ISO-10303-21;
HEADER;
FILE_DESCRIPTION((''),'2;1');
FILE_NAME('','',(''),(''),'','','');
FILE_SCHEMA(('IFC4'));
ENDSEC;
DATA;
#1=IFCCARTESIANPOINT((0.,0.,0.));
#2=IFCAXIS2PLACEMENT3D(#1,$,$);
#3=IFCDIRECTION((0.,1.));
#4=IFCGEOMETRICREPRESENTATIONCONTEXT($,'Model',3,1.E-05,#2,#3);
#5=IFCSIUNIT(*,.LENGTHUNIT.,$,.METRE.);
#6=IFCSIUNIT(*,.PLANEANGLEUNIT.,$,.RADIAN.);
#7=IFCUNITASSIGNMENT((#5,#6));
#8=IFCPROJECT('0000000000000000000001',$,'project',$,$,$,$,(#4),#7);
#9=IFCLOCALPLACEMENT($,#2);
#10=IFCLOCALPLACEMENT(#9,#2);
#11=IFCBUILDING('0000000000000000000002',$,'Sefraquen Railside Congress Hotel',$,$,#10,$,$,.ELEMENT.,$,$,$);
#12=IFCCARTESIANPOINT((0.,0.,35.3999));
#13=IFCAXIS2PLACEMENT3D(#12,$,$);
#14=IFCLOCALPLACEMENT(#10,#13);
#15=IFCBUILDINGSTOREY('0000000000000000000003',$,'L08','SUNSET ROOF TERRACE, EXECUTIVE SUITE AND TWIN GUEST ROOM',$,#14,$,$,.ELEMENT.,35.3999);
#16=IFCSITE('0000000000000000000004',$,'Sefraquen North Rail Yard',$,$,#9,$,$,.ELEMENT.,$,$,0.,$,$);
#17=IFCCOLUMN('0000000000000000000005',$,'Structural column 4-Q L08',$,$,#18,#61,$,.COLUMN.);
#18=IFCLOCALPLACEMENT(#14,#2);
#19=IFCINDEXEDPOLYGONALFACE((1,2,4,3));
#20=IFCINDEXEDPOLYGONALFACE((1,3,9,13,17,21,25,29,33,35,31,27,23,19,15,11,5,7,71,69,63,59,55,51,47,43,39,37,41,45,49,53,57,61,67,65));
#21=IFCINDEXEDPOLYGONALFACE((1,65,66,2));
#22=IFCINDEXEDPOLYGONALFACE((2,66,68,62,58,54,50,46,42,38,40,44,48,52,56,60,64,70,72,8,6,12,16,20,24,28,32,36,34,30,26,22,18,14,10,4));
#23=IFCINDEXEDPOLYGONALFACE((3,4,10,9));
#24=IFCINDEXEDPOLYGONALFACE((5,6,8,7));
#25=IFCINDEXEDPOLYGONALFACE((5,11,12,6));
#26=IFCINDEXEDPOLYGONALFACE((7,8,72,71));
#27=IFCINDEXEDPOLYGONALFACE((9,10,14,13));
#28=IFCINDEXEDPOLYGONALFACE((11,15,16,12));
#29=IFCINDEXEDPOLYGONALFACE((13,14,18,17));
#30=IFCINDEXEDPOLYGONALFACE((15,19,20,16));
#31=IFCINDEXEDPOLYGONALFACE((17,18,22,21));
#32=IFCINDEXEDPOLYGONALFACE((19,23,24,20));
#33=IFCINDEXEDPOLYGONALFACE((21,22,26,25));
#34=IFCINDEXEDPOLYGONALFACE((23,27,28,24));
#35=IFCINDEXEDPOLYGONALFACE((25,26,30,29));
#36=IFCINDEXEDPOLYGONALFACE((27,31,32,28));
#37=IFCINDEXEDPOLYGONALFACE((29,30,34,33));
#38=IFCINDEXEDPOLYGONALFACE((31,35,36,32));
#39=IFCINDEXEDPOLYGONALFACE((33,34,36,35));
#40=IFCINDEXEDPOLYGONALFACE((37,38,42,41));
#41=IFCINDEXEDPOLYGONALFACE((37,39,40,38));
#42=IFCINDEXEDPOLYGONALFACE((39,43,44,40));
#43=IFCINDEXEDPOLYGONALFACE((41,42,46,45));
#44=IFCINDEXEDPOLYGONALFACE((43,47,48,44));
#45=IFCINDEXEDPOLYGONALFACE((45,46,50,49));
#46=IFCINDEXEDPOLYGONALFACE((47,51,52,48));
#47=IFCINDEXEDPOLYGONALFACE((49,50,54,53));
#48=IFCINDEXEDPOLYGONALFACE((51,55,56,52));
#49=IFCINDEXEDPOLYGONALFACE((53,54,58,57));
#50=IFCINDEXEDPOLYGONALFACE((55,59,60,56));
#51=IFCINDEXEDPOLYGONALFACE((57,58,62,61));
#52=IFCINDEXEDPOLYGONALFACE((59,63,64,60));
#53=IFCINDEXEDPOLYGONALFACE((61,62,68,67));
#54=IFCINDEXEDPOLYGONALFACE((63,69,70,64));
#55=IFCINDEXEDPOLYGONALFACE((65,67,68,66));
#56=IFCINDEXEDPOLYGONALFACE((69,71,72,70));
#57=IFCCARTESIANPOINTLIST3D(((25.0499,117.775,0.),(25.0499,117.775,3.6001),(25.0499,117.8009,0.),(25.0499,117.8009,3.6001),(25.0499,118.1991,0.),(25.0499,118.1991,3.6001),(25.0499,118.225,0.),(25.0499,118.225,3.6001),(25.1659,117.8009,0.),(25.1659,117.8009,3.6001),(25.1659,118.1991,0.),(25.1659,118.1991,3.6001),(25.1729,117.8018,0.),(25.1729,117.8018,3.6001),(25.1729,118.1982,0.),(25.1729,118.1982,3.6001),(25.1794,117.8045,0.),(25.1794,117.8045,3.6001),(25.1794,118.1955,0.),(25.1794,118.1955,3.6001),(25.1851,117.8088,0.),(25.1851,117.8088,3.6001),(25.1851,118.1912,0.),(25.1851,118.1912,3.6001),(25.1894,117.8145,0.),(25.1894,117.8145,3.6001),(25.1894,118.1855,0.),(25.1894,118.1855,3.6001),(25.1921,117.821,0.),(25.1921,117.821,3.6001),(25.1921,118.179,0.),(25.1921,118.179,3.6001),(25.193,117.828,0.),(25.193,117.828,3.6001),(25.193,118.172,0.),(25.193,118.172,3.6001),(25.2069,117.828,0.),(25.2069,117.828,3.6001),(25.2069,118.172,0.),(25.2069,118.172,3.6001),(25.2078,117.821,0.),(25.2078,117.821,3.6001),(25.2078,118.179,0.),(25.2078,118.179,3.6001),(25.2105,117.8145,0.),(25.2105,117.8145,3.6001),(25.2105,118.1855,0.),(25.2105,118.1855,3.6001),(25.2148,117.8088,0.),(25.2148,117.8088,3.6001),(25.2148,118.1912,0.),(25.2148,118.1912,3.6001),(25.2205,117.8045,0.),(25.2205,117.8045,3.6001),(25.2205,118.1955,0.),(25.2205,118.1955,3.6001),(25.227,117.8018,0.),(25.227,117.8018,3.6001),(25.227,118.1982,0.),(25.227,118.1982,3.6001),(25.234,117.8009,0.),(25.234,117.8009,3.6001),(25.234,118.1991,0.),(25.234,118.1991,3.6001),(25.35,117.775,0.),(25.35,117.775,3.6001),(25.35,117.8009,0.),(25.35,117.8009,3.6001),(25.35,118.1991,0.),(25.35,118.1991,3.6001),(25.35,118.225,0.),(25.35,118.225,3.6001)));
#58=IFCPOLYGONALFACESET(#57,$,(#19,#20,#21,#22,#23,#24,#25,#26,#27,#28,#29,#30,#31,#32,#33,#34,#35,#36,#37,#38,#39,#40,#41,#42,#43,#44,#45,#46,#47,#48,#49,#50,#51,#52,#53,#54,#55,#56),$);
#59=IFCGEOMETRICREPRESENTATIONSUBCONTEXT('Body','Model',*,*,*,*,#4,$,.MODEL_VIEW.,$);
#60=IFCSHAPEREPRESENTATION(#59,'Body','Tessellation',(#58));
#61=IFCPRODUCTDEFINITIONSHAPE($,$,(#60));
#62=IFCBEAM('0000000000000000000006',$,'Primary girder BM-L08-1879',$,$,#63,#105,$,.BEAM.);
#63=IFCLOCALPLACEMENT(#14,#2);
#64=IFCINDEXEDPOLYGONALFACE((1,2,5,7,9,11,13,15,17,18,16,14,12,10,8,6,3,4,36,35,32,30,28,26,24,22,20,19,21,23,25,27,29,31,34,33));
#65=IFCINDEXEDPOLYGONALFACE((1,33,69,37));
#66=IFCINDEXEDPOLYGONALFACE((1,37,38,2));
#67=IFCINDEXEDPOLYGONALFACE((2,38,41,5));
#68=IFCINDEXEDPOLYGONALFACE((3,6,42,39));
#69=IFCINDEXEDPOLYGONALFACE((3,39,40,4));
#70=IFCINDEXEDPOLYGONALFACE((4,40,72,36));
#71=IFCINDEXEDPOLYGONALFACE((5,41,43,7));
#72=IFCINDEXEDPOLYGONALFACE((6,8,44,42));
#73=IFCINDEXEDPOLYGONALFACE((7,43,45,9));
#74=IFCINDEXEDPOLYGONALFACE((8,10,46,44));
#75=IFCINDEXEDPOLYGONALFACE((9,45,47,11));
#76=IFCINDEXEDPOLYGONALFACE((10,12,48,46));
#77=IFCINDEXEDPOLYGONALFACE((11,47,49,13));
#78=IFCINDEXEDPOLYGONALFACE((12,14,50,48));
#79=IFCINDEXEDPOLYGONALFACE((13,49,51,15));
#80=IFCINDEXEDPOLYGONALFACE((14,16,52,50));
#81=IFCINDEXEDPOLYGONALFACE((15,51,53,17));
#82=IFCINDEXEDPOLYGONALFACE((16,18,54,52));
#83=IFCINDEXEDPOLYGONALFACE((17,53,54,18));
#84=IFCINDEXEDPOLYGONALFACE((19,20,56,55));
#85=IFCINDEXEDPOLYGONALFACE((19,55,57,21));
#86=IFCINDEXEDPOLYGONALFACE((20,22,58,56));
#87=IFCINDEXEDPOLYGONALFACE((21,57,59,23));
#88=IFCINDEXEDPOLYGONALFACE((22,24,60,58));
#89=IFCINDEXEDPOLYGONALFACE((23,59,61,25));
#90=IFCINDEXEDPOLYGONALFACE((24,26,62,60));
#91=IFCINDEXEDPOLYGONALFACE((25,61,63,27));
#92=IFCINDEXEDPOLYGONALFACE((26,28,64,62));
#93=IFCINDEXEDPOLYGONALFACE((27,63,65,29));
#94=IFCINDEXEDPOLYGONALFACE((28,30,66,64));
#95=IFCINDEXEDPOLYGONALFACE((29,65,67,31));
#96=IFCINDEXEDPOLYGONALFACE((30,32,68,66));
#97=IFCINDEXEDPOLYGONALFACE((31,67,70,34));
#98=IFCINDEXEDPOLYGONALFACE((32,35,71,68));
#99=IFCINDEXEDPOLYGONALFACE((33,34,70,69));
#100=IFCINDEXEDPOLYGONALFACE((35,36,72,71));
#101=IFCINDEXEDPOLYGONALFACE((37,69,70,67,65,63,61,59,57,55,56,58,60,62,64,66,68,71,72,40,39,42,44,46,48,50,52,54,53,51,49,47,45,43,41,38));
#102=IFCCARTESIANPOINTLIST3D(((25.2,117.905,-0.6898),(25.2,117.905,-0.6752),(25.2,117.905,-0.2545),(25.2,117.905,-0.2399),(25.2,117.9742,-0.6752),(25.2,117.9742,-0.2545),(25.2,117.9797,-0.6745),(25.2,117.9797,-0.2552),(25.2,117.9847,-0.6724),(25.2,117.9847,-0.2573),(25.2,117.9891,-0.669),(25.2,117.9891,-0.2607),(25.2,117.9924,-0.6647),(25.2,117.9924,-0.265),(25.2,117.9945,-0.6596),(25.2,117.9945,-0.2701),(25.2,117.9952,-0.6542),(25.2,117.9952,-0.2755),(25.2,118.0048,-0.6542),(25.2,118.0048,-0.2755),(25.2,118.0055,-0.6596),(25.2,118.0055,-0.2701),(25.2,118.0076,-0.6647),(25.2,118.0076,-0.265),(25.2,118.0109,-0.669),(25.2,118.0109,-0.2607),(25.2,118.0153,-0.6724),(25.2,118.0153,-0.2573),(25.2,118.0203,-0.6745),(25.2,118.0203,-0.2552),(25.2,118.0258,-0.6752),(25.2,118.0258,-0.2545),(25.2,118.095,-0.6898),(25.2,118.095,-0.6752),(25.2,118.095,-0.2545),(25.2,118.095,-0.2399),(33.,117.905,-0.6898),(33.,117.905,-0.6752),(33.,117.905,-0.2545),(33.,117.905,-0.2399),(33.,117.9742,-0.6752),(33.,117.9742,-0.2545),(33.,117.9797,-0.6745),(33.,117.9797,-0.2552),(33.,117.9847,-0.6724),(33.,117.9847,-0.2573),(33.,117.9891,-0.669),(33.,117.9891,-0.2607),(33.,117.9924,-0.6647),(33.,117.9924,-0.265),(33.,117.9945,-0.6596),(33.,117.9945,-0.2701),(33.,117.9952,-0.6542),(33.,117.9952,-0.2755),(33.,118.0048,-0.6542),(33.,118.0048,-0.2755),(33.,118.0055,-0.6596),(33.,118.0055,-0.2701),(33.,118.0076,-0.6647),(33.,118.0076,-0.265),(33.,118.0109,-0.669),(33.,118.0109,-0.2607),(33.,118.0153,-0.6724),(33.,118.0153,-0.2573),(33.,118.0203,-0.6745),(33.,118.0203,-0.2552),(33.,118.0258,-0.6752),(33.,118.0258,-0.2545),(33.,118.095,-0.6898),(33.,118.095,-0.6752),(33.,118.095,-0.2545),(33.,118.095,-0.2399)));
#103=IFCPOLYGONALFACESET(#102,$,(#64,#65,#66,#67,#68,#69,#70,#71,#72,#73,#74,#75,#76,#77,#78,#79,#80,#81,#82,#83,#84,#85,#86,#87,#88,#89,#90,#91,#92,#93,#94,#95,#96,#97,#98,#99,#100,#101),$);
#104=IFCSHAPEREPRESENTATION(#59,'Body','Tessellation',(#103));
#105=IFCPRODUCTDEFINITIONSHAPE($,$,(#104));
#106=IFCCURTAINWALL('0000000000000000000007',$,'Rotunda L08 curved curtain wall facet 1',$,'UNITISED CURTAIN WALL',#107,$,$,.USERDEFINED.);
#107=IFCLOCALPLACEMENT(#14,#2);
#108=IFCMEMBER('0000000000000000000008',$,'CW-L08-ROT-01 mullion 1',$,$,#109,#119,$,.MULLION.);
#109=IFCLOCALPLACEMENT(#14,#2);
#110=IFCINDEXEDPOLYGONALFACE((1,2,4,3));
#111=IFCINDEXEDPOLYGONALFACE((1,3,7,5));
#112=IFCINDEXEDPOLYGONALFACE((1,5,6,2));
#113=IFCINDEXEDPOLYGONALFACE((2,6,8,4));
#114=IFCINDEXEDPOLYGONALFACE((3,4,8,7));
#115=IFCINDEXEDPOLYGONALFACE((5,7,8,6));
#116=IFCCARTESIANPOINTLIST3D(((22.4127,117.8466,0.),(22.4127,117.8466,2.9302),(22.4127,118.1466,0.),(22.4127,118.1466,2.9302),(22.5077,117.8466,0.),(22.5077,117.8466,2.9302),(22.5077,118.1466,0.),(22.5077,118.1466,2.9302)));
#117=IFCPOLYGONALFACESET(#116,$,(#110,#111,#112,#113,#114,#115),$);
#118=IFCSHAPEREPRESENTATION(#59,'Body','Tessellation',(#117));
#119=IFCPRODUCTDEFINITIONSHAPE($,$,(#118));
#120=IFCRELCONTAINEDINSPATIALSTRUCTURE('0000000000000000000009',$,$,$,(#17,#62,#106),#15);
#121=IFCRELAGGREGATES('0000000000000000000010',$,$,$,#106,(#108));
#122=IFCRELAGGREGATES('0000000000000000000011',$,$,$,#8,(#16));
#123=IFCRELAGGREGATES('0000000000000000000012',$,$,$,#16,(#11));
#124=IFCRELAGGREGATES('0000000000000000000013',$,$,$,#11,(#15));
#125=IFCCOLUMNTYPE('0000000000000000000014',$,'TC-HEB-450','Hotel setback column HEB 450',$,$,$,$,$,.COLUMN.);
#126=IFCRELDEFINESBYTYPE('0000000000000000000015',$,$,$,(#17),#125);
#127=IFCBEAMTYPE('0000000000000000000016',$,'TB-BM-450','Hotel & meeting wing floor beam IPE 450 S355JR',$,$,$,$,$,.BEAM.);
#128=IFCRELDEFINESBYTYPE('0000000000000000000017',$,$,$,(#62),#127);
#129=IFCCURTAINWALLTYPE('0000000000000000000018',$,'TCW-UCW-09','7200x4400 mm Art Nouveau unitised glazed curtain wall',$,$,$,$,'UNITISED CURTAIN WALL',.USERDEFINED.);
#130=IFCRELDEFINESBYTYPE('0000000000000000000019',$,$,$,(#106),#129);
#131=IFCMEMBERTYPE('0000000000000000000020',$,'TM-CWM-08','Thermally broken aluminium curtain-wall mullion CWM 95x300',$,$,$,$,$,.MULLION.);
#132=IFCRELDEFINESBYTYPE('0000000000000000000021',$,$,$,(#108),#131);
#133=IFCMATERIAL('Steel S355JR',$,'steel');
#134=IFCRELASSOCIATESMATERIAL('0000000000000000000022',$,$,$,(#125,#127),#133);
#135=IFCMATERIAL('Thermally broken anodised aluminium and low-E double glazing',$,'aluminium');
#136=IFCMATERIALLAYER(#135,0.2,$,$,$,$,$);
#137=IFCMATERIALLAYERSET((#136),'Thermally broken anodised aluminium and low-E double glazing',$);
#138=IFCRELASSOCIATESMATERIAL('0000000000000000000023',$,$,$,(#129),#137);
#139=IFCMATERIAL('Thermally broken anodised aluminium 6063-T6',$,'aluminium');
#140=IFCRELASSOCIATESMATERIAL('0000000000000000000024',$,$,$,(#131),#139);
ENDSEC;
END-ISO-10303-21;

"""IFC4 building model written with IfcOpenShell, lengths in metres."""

from ifc_helpers import new_model, si_unit, direction, frame, origin, origin_2d, place, context, subcontext, project, spatial, rectangle, i_section, extrude, material, layer, layer_set, material_profile, profile_set, type_object, element, aggregate, save


model = new_model("IFC4")

# Units and contexts
model_context = context("Model", 3, precision=1e-05, world=origin(), true_north=direction((0.0, 1.0)))
body_context = subcontext(model_context, "Body", "Model", "MODEL_VIEW")
ifc_project = project(units=[si_unit("LENGTHUNIT", "METRE"), si_unit("PLANEANGLEUNIT", "RADIAN")], contexts=[model_context])

# Site, building, storey
site_placement = place(None, origin())
site = spatial("IfcSite", under=ifc_project, at=site_placement, Name="Sefraquen North Rail Yard", CompositionType="ELEMENT", RefElevation=0.0)
building_placement = place(site_placement, origin())
building = spatial("IfcBuilding", under=site, at=building_placement, Name="Sefraquen Railside Congress Hotel", CompositionType="ELEMENT")
storey_placement = place(building_placement, frame((0.0, 0.0, 35.3999)))
storey = spatial("IfcBuildingStorey", under=building, at=storey_placement, Name="L08", Description="SUNSET ROOF TERRACE, EXECUTIVE SUITE AND TWIN GUEST ROOM", CompositionType="ELEMENT", Elevation=35.3999)

# Column
ifc_material_1 = material(Name="Steel S355JR", Category="steel")
ifc_material_profile_1 = material_profile(ifc_material_1, i_section(OverallWidth=0.3, OverallDepth=0.45, WebThickness=0.0139, FlangeThickness=0.0259, FilletRadius=0.0271, at=origin_2d()), Name="HEB 450")
ifc_profile_set_1 = profile_set([ifc_material_profile_1], Name="Steel S355JR")
column_type = type_object("IfcColumnType", Name="TC-HEB-450", Description="Hotel setback column HEB 450", PredefinedType="COLUMN", material=ifc_profile_set_1)
column_placement = place(storey_placement, frame((25.2, 118.0, 0.0), z_axis=(0.0, 0.0, 1.0), x_axis=(1.0, 0.0, 0.0)))
element("IfcColumn", 1, at=column_placement, inside=storey, type_object=column_type, Name="Structural column 4-Q L08", PredefinedType="COLUMN", context=body_context, shape_type="SweptSolid", body=[
    extrude(i_section(OverallWidth=0.3, OverallDepth=0.45, WebThickness=0.0139, FlangeThickness=0.0259, FilletRadius=0.0271, at=origin_2d()), origin(), (0.0, 0.0, 1.0), 3.6001),
])

# Beam
ifc_material_profile_2 = material_profile(ifc_material_1, i_section(OverallWidth=0.1899, OverallDepth=0.45, WebThickness=0.0095, FlangeThickness=0.0146, FilletRadius=0.021, at=origin_2d()), Name="IPE 450")
ifc_profile_set_2 = profile_set([ifc_material_profile_2], Name="Steel S355JR")
beam_type = type_object("IfcBeamType", Name="TB-BM-450", Description="Hotel & meeting wing floor beam IPE 450 S355JR", PredefinedType="BEAM", material=ifc_profile_set_2)
beam_placement = place(storey_placement, frame((25.2, 118.0, -0.4648), z_axis=(1.0, 0.0, 0.0), x_axis=(0.0, 1.0, 0.0)))
element("IfcBeam", 2, at=beam_placement, inside=storey, type_object=beam_type, Name="Primary girder BM-L08-1879", PredefinedType="BEAM", context=body_context, shape_type="SweptSolid", body=[
    extrude(i_section(OverallWidth=0.1899, OverallDepth=0.45, WebThickness=0.0095, FlangeThickness=0.0146, FilletRadius=0.021, at=origin_2d()), origin(), (0.0, 0.0, 1.0), 7.8),
])

# Curtain wall, member
ifc_material_2 = material(Name="Thermally broken anodised aluminium and low-E double glazing", Category="aluminium")
ifc_layer_1 = layer(ifc_material_2, 0.2)
ifc_layer_set_1 = layer_set([ifc_layer_1], Name="Thermally broken anodised aluminium and low-E double glazing")
curtain_wall_type = type_object("IfcCurtainWallType", Name="TCW-UCW-09", Description="7200x4400 mm Art Nouveau unitised glazed curtain wall", ElementType="UNITISED CURTAIN WALL", PredefinedType="USERDEFINED", material=ifc_layer_set_1)
curtain_wall_placement = place(storey_placement, origin())
curtain_wall = element("IfcCurtainWall", 3, at=curtain_wall_placement, inside=storey, type_object=curtain_wall_type, Name="Rotunda L08 curved curtain wall facet 1", ObjectType="UNITISED CURTAIN WALL", PredefinedType="USERDEFINED")
ifc_material_3 = material(Name="Thermally broken anodised aluminium 6063-T6", Category="aluminium")
ifc_material_profile_3 = material_profile(ifc_material_3, rectangle(XDim=0.095, YDim=0.3, at=origin_2d()), Name="CWM 95x300")
ifc_profile_set_3 = profile_set([ifc_material_profile_3], Name="Thermally broken anodised aluminium 6063-T6")
member_type = type_object("IfcMemberType", Name="TM-CWM-08", Description="Thermally broken aluminium curtain-wall mullion CWM 95x300", PredefinedType="MULLION", material=ifc_profile_set_3)
member_placement = place(storey_placement, frame((22.4602, 117.9966, 0.0), z_axis=(0.0, 0.0, 1.0), x_axis=(1.0, 0.0, 0.0)))
member = element("IfcMember", 4, at=member_placement, type_object=member_type, Name="CW-L08-ROT-01 mullion 1", PredefinedType="MULLION", context=body_context, shape_type="SweptSolid", body=[
    extrude(rectangle(XDim=0.095, YDim=0.3, at=origin_2d()), origin(), (0.0, 0.0, 1.0), 2.9302),
])
aggregate(curtain_wall, [member])

save(model, "model.ifc")
